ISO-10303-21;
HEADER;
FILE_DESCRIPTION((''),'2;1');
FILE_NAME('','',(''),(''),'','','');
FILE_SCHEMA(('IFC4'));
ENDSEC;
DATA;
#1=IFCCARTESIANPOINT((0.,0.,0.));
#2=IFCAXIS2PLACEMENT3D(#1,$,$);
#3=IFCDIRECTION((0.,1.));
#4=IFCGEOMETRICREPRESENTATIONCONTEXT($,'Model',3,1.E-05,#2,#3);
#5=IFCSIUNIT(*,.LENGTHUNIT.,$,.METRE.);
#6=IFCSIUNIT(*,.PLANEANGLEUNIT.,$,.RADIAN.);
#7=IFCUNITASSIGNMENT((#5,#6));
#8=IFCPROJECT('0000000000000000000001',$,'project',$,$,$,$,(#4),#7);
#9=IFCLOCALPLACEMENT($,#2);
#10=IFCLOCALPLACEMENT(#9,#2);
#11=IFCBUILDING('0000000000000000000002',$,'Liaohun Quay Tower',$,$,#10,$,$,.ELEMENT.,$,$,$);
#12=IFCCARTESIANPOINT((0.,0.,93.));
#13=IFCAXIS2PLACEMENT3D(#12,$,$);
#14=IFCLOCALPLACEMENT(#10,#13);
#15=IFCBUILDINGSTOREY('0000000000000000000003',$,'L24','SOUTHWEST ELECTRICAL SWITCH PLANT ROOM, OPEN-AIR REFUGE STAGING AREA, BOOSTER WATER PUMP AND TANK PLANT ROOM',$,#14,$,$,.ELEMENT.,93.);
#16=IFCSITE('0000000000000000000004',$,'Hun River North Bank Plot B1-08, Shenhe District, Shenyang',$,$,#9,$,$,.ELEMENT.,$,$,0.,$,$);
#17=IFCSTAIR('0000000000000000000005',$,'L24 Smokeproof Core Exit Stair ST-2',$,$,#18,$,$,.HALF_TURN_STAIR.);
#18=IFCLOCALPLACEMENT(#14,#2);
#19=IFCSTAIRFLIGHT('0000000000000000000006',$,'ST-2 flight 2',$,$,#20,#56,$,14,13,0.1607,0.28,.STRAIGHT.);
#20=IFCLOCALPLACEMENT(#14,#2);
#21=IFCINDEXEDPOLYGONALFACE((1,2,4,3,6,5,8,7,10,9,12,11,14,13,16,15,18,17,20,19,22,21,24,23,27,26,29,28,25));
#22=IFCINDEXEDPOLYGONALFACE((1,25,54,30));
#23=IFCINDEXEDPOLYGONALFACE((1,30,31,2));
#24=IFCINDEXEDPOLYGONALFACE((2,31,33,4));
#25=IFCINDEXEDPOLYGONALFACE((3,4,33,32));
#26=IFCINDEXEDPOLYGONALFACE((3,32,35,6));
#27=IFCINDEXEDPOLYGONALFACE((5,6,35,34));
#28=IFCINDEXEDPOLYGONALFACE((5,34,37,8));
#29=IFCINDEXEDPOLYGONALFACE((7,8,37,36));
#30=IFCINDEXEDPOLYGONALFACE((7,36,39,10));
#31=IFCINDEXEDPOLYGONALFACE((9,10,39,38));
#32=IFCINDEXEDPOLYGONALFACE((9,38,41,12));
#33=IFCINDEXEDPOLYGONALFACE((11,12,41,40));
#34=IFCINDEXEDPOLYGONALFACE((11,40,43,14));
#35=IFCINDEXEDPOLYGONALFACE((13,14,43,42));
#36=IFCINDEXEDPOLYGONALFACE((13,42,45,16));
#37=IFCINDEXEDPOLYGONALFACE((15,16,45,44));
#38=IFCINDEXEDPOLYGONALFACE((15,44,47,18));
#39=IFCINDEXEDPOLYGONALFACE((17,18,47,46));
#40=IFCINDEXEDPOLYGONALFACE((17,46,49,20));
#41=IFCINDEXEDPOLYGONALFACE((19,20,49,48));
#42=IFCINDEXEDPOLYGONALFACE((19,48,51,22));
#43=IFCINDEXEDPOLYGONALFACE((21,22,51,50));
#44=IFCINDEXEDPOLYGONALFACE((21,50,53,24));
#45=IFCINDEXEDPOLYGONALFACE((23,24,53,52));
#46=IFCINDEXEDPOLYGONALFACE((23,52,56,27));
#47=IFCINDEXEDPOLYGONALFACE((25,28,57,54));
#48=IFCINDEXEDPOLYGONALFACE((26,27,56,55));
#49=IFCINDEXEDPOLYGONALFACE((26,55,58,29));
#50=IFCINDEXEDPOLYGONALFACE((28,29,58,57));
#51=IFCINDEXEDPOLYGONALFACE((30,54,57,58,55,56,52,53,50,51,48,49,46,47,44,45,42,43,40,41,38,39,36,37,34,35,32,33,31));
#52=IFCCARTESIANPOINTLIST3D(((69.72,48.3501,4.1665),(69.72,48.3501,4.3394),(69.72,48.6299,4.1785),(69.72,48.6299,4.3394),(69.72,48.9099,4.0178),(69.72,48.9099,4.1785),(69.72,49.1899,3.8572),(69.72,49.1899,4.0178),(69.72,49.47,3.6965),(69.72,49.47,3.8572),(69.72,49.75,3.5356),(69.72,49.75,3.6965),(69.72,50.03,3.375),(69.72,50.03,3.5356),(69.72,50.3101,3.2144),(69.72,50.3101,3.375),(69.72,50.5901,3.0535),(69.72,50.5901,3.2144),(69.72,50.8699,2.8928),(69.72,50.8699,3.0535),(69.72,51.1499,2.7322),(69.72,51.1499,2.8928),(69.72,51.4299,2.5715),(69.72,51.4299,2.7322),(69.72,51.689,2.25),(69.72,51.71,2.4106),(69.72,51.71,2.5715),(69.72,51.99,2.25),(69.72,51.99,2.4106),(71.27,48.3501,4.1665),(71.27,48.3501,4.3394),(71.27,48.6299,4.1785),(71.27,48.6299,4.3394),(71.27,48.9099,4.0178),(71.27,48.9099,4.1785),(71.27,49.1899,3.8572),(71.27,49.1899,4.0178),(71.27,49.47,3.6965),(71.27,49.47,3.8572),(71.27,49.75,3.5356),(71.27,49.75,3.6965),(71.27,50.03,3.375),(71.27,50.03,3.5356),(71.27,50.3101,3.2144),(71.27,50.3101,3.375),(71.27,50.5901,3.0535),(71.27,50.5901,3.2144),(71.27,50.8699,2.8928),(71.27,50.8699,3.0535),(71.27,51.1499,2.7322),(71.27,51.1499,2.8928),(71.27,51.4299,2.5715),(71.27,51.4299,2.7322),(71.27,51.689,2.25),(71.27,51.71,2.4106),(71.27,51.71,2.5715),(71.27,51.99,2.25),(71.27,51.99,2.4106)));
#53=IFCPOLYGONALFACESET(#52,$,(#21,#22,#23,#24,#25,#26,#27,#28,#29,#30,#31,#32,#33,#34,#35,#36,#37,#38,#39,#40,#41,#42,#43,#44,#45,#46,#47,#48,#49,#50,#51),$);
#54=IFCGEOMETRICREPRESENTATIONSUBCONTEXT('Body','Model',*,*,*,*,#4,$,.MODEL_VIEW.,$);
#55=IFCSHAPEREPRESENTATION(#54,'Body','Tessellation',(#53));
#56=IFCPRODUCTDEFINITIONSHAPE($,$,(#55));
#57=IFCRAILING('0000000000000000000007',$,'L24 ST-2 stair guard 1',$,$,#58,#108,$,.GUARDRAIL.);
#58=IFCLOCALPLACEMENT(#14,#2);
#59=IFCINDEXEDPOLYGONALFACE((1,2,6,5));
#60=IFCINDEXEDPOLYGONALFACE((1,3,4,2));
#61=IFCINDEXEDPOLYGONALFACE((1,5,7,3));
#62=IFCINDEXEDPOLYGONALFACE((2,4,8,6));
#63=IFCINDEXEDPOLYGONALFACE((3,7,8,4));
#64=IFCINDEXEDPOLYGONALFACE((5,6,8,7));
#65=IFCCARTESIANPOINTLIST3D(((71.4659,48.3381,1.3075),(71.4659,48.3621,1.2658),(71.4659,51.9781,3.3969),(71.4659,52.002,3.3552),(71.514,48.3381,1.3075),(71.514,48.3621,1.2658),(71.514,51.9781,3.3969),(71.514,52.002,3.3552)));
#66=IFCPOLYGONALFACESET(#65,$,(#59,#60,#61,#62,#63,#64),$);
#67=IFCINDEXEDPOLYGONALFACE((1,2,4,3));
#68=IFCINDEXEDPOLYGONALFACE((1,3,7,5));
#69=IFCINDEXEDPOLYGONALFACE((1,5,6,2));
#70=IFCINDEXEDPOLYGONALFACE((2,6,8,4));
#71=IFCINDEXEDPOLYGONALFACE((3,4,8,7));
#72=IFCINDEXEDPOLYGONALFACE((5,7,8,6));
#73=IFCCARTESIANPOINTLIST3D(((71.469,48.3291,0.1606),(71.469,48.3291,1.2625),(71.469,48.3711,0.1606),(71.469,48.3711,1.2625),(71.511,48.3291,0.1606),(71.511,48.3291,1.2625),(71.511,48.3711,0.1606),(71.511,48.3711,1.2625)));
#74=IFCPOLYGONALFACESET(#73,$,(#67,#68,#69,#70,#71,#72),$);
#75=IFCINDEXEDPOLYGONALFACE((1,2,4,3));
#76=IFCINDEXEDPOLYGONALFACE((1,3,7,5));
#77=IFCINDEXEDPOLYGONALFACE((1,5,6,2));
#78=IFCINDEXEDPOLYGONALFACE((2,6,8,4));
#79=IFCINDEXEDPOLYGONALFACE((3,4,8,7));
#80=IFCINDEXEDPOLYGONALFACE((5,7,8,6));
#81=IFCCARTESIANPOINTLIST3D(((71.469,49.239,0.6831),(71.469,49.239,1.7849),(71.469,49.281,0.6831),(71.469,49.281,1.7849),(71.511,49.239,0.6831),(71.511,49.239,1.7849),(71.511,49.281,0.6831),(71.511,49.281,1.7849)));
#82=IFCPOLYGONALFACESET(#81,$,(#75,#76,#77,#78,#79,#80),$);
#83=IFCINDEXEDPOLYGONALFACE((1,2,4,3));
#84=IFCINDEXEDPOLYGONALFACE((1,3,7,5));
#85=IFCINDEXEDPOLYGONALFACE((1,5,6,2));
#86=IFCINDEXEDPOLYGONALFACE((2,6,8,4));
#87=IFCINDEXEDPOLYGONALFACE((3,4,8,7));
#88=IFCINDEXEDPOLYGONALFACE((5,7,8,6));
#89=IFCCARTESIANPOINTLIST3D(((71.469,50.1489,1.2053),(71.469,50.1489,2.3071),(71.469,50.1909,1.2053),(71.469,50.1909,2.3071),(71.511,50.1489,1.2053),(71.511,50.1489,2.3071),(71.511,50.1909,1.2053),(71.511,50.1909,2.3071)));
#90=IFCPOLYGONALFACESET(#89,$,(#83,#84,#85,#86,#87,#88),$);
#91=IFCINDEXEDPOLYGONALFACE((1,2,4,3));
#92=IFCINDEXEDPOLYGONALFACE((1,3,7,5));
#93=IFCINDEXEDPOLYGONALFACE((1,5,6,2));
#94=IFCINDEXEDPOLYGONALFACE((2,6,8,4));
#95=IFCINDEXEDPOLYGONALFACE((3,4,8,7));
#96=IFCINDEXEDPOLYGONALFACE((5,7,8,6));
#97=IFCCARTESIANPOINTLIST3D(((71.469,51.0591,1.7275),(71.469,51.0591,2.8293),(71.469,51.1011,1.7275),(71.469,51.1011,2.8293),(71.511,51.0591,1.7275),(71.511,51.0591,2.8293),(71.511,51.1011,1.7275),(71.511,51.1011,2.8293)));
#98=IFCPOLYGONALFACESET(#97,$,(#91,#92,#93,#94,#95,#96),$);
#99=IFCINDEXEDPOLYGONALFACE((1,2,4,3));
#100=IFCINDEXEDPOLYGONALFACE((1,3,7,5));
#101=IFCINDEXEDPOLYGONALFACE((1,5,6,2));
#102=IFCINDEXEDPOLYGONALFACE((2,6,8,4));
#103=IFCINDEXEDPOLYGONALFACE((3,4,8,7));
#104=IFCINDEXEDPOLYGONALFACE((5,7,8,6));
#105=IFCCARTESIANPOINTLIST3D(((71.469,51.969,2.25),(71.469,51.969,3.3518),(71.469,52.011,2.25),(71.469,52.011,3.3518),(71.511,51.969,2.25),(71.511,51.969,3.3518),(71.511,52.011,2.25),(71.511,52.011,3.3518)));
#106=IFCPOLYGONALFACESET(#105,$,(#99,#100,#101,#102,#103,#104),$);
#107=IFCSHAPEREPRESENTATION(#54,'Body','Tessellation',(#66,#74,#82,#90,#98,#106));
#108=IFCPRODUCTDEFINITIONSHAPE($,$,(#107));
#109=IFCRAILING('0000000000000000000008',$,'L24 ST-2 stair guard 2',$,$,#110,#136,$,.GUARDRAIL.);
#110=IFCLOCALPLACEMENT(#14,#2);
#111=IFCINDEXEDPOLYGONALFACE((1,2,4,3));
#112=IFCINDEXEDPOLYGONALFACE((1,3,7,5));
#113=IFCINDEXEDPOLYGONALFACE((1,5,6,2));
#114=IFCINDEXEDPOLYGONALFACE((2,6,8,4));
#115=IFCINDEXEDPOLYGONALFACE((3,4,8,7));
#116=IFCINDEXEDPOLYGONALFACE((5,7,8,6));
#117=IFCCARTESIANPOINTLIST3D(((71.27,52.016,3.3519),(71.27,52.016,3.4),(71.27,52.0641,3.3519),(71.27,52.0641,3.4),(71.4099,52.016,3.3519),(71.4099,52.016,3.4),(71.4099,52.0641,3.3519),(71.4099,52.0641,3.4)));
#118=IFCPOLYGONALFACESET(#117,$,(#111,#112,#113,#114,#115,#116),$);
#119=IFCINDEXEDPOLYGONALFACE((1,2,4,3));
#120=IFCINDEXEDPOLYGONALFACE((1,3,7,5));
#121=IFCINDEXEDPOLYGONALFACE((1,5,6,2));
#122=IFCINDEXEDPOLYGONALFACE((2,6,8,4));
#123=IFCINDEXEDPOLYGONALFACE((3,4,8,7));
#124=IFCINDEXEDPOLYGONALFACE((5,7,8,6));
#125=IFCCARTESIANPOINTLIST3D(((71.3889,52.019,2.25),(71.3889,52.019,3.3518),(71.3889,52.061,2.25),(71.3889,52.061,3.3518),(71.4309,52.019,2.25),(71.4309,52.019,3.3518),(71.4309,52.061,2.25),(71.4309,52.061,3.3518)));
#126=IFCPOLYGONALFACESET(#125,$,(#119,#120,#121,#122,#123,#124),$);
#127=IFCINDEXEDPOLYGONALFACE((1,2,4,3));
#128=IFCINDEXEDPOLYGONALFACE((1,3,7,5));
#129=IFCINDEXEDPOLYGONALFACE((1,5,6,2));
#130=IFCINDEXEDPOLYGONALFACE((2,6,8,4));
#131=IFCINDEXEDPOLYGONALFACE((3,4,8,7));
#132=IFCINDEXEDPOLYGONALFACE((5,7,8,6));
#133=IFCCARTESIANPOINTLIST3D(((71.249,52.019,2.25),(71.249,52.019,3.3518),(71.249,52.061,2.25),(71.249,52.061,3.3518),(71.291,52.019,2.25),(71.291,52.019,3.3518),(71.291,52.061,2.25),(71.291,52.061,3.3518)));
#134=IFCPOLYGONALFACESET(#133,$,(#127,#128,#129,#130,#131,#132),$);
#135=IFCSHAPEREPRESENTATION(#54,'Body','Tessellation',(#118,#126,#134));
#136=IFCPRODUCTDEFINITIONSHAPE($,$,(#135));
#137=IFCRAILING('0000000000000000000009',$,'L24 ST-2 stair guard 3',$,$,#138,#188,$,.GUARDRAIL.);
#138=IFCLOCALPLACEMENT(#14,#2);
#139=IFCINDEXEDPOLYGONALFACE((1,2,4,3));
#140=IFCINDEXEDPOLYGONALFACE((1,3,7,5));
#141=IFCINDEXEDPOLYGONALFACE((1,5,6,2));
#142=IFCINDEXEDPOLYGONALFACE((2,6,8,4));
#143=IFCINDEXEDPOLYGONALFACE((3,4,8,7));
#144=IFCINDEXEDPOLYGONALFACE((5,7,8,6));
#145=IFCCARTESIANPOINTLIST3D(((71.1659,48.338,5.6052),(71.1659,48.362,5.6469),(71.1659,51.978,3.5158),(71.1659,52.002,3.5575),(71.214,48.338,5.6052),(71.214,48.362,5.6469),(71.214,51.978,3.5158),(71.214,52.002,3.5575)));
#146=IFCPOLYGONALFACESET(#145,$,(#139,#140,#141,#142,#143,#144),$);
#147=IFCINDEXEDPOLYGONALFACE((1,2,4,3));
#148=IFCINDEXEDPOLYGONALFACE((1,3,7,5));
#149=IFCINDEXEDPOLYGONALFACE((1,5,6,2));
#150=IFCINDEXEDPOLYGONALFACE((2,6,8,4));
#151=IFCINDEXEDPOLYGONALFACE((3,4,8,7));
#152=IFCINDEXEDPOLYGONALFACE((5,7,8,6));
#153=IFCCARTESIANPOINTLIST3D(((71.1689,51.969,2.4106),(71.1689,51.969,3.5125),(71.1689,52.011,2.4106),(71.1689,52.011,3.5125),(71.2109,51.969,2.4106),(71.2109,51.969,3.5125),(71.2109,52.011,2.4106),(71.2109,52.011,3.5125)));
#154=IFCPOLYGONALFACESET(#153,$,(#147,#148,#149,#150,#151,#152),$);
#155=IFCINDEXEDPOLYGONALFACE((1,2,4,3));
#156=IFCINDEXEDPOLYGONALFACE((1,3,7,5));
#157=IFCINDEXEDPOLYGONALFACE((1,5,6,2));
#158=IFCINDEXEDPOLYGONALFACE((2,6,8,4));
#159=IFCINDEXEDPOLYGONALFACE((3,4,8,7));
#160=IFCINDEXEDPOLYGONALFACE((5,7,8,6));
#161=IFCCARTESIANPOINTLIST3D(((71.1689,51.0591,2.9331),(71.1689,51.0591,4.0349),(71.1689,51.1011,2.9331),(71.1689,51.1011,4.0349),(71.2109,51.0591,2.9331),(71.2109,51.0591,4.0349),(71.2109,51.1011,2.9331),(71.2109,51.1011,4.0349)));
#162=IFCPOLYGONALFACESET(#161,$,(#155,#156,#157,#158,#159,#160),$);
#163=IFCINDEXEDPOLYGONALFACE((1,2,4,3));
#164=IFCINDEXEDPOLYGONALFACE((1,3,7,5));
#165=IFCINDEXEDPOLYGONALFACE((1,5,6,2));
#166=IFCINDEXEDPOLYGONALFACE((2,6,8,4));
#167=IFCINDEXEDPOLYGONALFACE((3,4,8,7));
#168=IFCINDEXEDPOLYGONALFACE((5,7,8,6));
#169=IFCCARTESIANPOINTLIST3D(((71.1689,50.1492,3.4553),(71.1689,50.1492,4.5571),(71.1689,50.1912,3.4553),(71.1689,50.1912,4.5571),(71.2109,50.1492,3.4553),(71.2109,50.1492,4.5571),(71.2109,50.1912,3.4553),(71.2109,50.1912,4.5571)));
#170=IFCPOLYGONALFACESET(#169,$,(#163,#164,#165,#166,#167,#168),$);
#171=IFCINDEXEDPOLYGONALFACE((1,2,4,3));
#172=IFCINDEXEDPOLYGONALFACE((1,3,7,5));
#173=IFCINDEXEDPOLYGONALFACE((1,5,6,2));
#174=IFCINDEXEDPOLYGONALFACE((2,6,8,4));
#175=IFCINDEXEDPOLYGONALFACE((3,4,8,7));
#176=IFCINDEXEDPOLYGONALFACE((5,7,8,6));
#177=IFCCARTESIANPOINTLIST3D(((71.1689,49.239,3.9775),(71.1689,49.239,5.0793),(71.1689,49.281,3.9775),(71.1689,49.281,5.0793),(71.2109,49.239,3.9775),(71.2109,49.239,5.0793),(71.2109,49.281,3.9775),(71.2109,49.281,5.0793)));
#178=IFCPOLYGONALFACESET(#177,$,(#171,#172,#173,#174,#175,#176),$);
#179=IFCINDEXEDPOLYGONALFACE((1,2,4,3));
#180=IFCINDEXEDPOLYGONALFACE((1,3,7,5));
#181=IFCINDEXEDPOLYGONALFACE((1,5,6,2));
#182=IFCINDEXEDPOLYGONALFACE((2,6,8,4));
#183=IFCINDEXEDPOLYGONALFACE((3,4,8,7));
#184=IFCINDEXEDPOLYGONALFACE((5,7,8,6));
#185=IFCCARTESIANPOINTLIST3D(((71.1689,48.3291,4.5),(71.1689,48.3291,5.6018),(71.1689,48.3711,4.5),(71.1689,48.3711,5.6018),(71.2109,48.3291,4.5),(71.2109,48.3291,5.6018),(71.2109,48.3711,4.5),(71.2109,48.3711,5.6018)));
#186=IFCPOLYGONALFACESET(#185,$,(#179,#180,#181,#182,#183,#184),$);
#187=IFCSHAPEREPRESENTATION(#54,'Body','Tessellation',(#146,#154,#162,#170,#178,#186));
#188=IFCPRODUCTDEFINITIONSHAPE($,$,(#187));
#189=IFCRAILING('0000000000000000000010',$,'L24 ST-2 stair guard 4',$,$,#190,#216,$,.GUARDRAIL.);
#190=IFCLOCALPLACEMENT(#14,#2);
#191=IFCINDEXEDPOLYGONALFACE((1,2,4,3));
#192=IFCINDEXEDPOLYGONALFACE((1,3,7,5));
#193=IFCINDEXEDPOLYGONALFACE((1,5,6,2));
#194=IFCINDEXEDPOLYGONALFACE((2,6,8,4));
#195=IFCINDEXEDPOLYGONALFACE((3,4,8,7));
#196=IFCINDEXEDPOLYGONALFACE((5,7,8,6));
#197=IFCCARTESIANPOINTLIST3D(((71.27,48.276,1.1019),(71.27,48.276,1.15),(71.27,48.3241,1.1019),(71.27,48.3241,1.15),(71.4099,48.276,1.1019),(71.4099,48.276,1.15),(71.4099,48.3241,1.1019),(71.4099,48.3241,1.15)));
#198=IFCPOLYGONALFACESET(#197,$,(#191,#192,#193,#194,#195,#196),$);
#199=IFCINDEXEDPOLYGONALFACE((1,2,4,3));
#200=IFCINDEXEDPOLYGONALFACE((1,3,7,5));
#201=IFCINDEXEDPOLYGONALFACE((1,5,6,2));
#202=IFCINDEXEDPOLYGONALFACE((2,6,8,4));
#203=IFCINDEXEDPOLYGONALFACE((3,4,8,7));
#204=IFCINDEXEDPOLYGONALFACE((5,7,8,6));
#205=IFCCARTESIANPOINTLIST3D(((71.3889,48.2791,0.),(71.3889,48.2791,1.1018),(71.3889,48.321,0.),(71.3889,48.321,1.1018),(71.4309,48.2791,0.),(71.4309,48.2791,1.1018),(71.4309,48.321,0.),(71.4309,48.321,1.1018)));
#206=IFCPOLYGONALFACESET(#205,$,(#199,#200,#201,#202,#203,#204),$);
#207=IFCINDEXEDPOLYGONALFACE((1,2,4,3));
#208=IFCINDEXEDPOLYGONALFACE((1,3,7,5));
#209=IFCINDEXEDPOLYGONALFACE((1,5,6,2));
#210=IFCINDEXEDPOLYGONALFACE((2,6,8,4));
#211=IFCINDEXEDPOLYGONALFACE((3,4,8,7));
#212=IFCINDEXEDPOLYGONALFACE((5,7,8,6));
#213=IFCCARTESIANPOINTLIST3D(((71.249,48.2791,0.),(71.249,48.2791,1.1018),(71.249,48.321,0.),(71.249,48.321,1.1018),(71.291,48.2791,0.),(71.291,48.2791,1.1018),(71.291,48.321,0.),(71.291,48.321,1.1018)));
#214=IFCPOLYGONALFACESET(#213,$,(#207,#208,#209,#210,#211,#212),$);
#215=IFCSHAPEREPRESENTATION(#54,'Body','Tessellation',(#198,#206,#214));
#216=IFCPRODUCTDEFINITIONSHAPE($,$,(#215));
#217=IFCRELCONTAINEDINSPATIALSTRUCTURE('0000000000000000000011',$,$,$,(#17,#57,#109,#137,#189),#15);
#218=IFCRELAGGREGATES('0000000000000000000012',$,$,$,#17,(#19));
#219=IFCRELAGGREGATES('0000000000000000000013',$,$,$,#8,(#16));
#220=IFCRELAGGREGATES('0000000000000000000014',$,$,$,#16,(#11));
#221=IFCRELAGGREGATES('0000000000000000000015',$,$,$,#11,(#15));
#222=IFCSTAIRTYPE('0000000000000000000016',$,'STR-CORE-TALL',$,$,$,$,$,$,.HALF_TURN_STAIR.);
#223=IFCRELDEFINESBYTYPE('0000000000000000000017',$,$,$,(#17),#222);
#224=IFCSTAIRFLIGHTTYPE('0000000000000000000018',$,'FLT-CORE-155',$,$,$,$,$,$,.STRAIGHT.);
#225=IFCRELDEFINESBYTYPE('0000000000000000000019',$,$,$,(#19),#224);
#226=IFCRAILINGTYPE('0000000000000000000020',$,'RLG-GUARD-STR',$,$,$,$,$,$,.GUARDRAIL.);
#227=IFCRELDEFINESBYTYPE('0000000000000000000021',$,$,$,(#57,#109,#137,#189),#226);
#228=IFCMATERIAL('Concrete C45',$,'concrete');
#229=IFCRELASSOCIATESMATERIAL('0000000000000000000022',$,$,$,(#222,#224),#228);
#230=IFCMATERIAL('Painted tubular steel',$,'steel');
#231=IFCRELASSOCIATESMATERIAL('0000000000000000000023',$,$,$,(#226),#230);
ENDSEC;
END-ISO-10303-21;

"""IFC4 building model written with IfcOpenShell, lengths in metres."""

from ifc_helpers import new_model, si_unit, direction, frame, origin, origin_2d, place, context, subcontext, project, spatial, polyline, rectangle, outline, extrude, material, type_object, element, aggregate, save


model = new_model("IFC4")

# Units and contexts
model_context = context("Model", 3, precision=1e-05, world=origin(), true_north=direction((0.0, 1.0)))
body_context = subcontext(model_context, "Body", "Model", "MODEL_VIEW")
ifc_project = project(units=[si_unit("LENGTHUNIT", "METRE"), si_unit("PLANEANGLEUNIT", "RADIAN")], contexts=[model_context])

# Site, building, storey
site_placement = place(None, origin())
site = spatial("IfcSite", under=ifc_project, at=site_placement, Name="Hun River North Bank Plot B1-08, Shenhe District, Shenyang", CompositionType="ELEMENT", RefElevation=0.0)
building_placement = place(site_placement, origin())
building = spatial("IfcBuilding", under=site, at=building_placement, Name="Liaohun Quay Tower", CompositionType="ELEMENT")
storey_placement = place(building_placement, frame((0.0, 0.0, 93.0)))
storey = spatial("IfcBuildingStorey", under=building, at=storey_placement, Name="L24", Description="SOUTHWEST ELECTRICAL SWITCH PLANT ROOM, OPEN-AIR REFUGE STAGING AREA, BOOSTER WATER PUMP AND TANK PLANT ROOM", CompositionType="ELEMENT", Elevation=93.0)

# Stair, stair flight
ifc_material_1 = material(Name="Concrete C45", Category="concrete")
stair_type = type_object("IfcStairType", Name="STR-CORE-TALL", PredefinedType="HALF_TURN_STAIR", material=ifc_material_1)
stair_placement = place(storey_placement, origin())
stair = element("IfcStair", 1, at=stair_placement, inside=storey, type_object=stair_type, Name="L24 Smokeproof Core Exit Stair ST-2", PredefinedType="HALF_TURN_STAIR")
stair_flight_type = type_object("IfcStairFlightType", Name="FLT-CORE-155", PredefinedType="STRAIGHT", material=ifc_material_1)
stair_flight_1_placement = place(storey_placement, frame((70.4951, 51.99, 2.25), z_axis=(0.0, 0.0, 1.0), x_axis=(0.0, -1.0, 0.0)))
stair_flight_1 = element("IfcStairFlight", 2, at=stair_flight_1_placement, type_object=stair_flight_type, Name="ST-2 flight 2", NumberOfRisers=14, NumberOfTreads=13, PredefinedType="STRAIGHT", RiserHeight=0.1607, TreadLength=0.28, context=body_context, shape_type="SweptSolid", body=[
    extrude(outline(polyline([(0.0, 0.0), (0.0, 0.1606), (0.28, 0.1606), (0.28, 0.3215), (0.5601, 0.3215), (0.5601, 0.4822), (0.8401, 0.4822), (0.8401, 0.6428), (1.1201, 0.6428), (1.1201, 0.8035), (1.3999, 0.8035), (1.3999, 0.9644), (1.6799, 0.9644), (1.6799, 1.125), (1.96, 1.125), (1.96, 1.2856), (2.24, 1.2856), (2.24, 1.4465), (2.52, 1.4465), (2.52, 1.6072), (2.8, 1.6072), (2.8, 1.7678), (3.0801, 1.7678), (3.0801, 1.9285), (3.3601, 1.9285), (3.3601, 2.0894), (3.6399, 2.0894), (3.6399, 2.25), (3.6399, 1.9165), (0.301, 0.0), (0.0, 0.0)])), frame((0.0, 0.7749, 0.0), z_axis=(0.0, -1.0, 0.0), x_axis=(1.0, 0.0, 0.0)), (0.0, 0.0, 1.0), 1.55),
])
aggregate(stair, [stair_flight_1])

# Railings
ifc_material_2 = material(Name="Painted tubular steel", Category="steel")
railing_type_1 = type_object("IfcRailingType", Name="RLG-GUARD-STR", PredefinedType="GUARDRAIL", material=ifc_material_2)
railing_1_placement = place(storey_placement, frame((71.49, 48.3501, 0.1606)))
element("IfcRailing", 3, at=railing_1_placement, inside=storey, type_object=railing_type_1, Name="L24 ST-2 stair guard 1", PredefinedType="GUARDRAIL", context=body_context, shape_type="SweptSolid", body=[
    extrude(rectangle(XDim=0.0481, YDim=0.0481, at=origin_2d()), frame((0.0, 0.0, 1.126), z_axis=(0.0, 0.867275, 0.497829), x_axis=(-1.0, 0.0, 0.0)), (0.0, 0.0, 1.0), 4.197),
    extrude(rectangle(XDim=0.042, YDim=0.042, at=origin_2d()), origin(), (0.0, 0.0, 1.0), 1.1018),
    extrude(rectangle(XDim=0.042, YDim=0.042, at=origin_2d()), frame((0.0, 0.9099, 0.5225)), (0.0, 0.0, 1.0), 1.1018),
    extrude(rectangle(XDim=0.042, YDim=0.042, at=origin_2d()), frame((0.0, 1.8198, 1.0447)), (0.0, 0.0, 1.0), 1.1018),
    extrude(rectangle(XDim=0.042, YDim=0.042, at=origin_2d()), frame((0.0, 2.73, 1.5669)), (0.0, 0.0, 1.0), 1.1018),
    extrude(rectangle(XDim=0.042, YDim=0.042, at=origin_2d()), frame((0.0, 3.6399, 2.0894)), (0.0, 0.0, 1.0), 1.1018),
])
railing_2_placement = place(storey_placement, frame((71.4099, 52.04, 2.25)))
element("IfcRailing", 4, at=railing_2_placement, inside=storey, type_object=railing_type_1, Name="L24 ST-2 stair guard 2", PredefinedType="GUARDRAIL", context=body_context, shape_type="SweptSolid", body=[
    extrude(rectangle(XDim=0.0481, YDim=0.0481, at=origin_2d()), frame((0.0, 0.0, 1.126), z_axis=(-1.0, 0.0, 0.0), x_axis=(0.0, -1.0, 0.0)), (0.0, 0.0, 1.0), 0.1399),
    extrude(rectangle(XDim=0.042, YDim=0.042, at=origin_2d()), origin(), (0.0, 0.0, 1.0), 1.1018),
    extrude(rectangle(XDim=0.042, YDim=0.042, at=origin_2d()), frame((-0.1399, 0.0, 0.0)), (0.0, 0.0, 1.0), 1.1018),
])
railing_3_placement = place(storey_placement, frame((71.1899, 51.99, 2.4106)))
element("IfcRailing", 5, at=railing_3_placement, inside=storey, type_object=railing_type_1, Name="L24 ST-2 stair guard 3", PredefinedType="GUARDRAIL", context=body_context, shape_type="SweptSolid", body=[
    extrude(rectangle(XDim=0.0481, YDim=0.0481, at=origin_2d()), frame((0.0, 0.0, 1.126), z_axis=(0.0, -0.867275, 0.497829), x_axis=(1.0, 0.0, 0.0)), (0.0, 0.0, 1.0), 4.197),
    extrude(rectangle(XDim=0.042, YDim=0.042, at=origin_2d()), origin(), (0.0, 0.0, 1.0), 1.1018),
    extrude(rectangle(XDim=0.042, YDim=0.042, at=origin_2d()), frame((0.0, -0.9099, 0.5225)), (0.0, 0.0, 1.0), 1.1018),
    extrude(rectangle(XDim=0.042, YDim=0.042, at=origin_2d()), frame((0.0, -1.8198, 1.0447)), (0.0, 0.0, 1.0), 1.1018),
    extrude(rectangle(XDim=0.042, YDim=0.042, at=origin_2d()), frame((0.0, -2.73, 1.5669)), (0.0, 0.0, 1.0), 1.1018),
    extrude(rectangle(XDim=0.042, YDim=0.042, at=origin_2d()), frame((0.0, -3.6399, 2.0894)), (0.0, 0.0, 1.0), 1.1018),
])
railing_4_placement = place(storey_placement, frame((71.4099, 48.3, 0.0)))
element("IfcRailing", 6, at=railing_4_placement, inside=storey, type_object=railing_type_1, Name="L24 ST-2 stair guard 4", PredefinedType="GUARDRAIL", context=body_context, shape_type="SweptSolid", body=[
    extrude(rectangle(XDim=0.0481, YDim=0.0481, at=origin_2d()), frame((0.0, 0.0, 1.126), z_axis=(-1.0, 0.0, 0.0), x_axis=(0.0, -1.0, 0.0)), (0.0, 0.0, 1.0), 0.1399),
    extrude(rectangle(XDim=0.042, YDim=0.042, at=origin_2d()), origin(), (0.0, 0.0, 1.0), 1.1018),
    extrude(rectangle(XDim=0.042, YDim=0.042, at=origin_2d()), frame((-0.1399, 0.0, 0.0)), (0.0, 0.0, 1.0), 1.1018),
])

save(model, "model.ifc")
